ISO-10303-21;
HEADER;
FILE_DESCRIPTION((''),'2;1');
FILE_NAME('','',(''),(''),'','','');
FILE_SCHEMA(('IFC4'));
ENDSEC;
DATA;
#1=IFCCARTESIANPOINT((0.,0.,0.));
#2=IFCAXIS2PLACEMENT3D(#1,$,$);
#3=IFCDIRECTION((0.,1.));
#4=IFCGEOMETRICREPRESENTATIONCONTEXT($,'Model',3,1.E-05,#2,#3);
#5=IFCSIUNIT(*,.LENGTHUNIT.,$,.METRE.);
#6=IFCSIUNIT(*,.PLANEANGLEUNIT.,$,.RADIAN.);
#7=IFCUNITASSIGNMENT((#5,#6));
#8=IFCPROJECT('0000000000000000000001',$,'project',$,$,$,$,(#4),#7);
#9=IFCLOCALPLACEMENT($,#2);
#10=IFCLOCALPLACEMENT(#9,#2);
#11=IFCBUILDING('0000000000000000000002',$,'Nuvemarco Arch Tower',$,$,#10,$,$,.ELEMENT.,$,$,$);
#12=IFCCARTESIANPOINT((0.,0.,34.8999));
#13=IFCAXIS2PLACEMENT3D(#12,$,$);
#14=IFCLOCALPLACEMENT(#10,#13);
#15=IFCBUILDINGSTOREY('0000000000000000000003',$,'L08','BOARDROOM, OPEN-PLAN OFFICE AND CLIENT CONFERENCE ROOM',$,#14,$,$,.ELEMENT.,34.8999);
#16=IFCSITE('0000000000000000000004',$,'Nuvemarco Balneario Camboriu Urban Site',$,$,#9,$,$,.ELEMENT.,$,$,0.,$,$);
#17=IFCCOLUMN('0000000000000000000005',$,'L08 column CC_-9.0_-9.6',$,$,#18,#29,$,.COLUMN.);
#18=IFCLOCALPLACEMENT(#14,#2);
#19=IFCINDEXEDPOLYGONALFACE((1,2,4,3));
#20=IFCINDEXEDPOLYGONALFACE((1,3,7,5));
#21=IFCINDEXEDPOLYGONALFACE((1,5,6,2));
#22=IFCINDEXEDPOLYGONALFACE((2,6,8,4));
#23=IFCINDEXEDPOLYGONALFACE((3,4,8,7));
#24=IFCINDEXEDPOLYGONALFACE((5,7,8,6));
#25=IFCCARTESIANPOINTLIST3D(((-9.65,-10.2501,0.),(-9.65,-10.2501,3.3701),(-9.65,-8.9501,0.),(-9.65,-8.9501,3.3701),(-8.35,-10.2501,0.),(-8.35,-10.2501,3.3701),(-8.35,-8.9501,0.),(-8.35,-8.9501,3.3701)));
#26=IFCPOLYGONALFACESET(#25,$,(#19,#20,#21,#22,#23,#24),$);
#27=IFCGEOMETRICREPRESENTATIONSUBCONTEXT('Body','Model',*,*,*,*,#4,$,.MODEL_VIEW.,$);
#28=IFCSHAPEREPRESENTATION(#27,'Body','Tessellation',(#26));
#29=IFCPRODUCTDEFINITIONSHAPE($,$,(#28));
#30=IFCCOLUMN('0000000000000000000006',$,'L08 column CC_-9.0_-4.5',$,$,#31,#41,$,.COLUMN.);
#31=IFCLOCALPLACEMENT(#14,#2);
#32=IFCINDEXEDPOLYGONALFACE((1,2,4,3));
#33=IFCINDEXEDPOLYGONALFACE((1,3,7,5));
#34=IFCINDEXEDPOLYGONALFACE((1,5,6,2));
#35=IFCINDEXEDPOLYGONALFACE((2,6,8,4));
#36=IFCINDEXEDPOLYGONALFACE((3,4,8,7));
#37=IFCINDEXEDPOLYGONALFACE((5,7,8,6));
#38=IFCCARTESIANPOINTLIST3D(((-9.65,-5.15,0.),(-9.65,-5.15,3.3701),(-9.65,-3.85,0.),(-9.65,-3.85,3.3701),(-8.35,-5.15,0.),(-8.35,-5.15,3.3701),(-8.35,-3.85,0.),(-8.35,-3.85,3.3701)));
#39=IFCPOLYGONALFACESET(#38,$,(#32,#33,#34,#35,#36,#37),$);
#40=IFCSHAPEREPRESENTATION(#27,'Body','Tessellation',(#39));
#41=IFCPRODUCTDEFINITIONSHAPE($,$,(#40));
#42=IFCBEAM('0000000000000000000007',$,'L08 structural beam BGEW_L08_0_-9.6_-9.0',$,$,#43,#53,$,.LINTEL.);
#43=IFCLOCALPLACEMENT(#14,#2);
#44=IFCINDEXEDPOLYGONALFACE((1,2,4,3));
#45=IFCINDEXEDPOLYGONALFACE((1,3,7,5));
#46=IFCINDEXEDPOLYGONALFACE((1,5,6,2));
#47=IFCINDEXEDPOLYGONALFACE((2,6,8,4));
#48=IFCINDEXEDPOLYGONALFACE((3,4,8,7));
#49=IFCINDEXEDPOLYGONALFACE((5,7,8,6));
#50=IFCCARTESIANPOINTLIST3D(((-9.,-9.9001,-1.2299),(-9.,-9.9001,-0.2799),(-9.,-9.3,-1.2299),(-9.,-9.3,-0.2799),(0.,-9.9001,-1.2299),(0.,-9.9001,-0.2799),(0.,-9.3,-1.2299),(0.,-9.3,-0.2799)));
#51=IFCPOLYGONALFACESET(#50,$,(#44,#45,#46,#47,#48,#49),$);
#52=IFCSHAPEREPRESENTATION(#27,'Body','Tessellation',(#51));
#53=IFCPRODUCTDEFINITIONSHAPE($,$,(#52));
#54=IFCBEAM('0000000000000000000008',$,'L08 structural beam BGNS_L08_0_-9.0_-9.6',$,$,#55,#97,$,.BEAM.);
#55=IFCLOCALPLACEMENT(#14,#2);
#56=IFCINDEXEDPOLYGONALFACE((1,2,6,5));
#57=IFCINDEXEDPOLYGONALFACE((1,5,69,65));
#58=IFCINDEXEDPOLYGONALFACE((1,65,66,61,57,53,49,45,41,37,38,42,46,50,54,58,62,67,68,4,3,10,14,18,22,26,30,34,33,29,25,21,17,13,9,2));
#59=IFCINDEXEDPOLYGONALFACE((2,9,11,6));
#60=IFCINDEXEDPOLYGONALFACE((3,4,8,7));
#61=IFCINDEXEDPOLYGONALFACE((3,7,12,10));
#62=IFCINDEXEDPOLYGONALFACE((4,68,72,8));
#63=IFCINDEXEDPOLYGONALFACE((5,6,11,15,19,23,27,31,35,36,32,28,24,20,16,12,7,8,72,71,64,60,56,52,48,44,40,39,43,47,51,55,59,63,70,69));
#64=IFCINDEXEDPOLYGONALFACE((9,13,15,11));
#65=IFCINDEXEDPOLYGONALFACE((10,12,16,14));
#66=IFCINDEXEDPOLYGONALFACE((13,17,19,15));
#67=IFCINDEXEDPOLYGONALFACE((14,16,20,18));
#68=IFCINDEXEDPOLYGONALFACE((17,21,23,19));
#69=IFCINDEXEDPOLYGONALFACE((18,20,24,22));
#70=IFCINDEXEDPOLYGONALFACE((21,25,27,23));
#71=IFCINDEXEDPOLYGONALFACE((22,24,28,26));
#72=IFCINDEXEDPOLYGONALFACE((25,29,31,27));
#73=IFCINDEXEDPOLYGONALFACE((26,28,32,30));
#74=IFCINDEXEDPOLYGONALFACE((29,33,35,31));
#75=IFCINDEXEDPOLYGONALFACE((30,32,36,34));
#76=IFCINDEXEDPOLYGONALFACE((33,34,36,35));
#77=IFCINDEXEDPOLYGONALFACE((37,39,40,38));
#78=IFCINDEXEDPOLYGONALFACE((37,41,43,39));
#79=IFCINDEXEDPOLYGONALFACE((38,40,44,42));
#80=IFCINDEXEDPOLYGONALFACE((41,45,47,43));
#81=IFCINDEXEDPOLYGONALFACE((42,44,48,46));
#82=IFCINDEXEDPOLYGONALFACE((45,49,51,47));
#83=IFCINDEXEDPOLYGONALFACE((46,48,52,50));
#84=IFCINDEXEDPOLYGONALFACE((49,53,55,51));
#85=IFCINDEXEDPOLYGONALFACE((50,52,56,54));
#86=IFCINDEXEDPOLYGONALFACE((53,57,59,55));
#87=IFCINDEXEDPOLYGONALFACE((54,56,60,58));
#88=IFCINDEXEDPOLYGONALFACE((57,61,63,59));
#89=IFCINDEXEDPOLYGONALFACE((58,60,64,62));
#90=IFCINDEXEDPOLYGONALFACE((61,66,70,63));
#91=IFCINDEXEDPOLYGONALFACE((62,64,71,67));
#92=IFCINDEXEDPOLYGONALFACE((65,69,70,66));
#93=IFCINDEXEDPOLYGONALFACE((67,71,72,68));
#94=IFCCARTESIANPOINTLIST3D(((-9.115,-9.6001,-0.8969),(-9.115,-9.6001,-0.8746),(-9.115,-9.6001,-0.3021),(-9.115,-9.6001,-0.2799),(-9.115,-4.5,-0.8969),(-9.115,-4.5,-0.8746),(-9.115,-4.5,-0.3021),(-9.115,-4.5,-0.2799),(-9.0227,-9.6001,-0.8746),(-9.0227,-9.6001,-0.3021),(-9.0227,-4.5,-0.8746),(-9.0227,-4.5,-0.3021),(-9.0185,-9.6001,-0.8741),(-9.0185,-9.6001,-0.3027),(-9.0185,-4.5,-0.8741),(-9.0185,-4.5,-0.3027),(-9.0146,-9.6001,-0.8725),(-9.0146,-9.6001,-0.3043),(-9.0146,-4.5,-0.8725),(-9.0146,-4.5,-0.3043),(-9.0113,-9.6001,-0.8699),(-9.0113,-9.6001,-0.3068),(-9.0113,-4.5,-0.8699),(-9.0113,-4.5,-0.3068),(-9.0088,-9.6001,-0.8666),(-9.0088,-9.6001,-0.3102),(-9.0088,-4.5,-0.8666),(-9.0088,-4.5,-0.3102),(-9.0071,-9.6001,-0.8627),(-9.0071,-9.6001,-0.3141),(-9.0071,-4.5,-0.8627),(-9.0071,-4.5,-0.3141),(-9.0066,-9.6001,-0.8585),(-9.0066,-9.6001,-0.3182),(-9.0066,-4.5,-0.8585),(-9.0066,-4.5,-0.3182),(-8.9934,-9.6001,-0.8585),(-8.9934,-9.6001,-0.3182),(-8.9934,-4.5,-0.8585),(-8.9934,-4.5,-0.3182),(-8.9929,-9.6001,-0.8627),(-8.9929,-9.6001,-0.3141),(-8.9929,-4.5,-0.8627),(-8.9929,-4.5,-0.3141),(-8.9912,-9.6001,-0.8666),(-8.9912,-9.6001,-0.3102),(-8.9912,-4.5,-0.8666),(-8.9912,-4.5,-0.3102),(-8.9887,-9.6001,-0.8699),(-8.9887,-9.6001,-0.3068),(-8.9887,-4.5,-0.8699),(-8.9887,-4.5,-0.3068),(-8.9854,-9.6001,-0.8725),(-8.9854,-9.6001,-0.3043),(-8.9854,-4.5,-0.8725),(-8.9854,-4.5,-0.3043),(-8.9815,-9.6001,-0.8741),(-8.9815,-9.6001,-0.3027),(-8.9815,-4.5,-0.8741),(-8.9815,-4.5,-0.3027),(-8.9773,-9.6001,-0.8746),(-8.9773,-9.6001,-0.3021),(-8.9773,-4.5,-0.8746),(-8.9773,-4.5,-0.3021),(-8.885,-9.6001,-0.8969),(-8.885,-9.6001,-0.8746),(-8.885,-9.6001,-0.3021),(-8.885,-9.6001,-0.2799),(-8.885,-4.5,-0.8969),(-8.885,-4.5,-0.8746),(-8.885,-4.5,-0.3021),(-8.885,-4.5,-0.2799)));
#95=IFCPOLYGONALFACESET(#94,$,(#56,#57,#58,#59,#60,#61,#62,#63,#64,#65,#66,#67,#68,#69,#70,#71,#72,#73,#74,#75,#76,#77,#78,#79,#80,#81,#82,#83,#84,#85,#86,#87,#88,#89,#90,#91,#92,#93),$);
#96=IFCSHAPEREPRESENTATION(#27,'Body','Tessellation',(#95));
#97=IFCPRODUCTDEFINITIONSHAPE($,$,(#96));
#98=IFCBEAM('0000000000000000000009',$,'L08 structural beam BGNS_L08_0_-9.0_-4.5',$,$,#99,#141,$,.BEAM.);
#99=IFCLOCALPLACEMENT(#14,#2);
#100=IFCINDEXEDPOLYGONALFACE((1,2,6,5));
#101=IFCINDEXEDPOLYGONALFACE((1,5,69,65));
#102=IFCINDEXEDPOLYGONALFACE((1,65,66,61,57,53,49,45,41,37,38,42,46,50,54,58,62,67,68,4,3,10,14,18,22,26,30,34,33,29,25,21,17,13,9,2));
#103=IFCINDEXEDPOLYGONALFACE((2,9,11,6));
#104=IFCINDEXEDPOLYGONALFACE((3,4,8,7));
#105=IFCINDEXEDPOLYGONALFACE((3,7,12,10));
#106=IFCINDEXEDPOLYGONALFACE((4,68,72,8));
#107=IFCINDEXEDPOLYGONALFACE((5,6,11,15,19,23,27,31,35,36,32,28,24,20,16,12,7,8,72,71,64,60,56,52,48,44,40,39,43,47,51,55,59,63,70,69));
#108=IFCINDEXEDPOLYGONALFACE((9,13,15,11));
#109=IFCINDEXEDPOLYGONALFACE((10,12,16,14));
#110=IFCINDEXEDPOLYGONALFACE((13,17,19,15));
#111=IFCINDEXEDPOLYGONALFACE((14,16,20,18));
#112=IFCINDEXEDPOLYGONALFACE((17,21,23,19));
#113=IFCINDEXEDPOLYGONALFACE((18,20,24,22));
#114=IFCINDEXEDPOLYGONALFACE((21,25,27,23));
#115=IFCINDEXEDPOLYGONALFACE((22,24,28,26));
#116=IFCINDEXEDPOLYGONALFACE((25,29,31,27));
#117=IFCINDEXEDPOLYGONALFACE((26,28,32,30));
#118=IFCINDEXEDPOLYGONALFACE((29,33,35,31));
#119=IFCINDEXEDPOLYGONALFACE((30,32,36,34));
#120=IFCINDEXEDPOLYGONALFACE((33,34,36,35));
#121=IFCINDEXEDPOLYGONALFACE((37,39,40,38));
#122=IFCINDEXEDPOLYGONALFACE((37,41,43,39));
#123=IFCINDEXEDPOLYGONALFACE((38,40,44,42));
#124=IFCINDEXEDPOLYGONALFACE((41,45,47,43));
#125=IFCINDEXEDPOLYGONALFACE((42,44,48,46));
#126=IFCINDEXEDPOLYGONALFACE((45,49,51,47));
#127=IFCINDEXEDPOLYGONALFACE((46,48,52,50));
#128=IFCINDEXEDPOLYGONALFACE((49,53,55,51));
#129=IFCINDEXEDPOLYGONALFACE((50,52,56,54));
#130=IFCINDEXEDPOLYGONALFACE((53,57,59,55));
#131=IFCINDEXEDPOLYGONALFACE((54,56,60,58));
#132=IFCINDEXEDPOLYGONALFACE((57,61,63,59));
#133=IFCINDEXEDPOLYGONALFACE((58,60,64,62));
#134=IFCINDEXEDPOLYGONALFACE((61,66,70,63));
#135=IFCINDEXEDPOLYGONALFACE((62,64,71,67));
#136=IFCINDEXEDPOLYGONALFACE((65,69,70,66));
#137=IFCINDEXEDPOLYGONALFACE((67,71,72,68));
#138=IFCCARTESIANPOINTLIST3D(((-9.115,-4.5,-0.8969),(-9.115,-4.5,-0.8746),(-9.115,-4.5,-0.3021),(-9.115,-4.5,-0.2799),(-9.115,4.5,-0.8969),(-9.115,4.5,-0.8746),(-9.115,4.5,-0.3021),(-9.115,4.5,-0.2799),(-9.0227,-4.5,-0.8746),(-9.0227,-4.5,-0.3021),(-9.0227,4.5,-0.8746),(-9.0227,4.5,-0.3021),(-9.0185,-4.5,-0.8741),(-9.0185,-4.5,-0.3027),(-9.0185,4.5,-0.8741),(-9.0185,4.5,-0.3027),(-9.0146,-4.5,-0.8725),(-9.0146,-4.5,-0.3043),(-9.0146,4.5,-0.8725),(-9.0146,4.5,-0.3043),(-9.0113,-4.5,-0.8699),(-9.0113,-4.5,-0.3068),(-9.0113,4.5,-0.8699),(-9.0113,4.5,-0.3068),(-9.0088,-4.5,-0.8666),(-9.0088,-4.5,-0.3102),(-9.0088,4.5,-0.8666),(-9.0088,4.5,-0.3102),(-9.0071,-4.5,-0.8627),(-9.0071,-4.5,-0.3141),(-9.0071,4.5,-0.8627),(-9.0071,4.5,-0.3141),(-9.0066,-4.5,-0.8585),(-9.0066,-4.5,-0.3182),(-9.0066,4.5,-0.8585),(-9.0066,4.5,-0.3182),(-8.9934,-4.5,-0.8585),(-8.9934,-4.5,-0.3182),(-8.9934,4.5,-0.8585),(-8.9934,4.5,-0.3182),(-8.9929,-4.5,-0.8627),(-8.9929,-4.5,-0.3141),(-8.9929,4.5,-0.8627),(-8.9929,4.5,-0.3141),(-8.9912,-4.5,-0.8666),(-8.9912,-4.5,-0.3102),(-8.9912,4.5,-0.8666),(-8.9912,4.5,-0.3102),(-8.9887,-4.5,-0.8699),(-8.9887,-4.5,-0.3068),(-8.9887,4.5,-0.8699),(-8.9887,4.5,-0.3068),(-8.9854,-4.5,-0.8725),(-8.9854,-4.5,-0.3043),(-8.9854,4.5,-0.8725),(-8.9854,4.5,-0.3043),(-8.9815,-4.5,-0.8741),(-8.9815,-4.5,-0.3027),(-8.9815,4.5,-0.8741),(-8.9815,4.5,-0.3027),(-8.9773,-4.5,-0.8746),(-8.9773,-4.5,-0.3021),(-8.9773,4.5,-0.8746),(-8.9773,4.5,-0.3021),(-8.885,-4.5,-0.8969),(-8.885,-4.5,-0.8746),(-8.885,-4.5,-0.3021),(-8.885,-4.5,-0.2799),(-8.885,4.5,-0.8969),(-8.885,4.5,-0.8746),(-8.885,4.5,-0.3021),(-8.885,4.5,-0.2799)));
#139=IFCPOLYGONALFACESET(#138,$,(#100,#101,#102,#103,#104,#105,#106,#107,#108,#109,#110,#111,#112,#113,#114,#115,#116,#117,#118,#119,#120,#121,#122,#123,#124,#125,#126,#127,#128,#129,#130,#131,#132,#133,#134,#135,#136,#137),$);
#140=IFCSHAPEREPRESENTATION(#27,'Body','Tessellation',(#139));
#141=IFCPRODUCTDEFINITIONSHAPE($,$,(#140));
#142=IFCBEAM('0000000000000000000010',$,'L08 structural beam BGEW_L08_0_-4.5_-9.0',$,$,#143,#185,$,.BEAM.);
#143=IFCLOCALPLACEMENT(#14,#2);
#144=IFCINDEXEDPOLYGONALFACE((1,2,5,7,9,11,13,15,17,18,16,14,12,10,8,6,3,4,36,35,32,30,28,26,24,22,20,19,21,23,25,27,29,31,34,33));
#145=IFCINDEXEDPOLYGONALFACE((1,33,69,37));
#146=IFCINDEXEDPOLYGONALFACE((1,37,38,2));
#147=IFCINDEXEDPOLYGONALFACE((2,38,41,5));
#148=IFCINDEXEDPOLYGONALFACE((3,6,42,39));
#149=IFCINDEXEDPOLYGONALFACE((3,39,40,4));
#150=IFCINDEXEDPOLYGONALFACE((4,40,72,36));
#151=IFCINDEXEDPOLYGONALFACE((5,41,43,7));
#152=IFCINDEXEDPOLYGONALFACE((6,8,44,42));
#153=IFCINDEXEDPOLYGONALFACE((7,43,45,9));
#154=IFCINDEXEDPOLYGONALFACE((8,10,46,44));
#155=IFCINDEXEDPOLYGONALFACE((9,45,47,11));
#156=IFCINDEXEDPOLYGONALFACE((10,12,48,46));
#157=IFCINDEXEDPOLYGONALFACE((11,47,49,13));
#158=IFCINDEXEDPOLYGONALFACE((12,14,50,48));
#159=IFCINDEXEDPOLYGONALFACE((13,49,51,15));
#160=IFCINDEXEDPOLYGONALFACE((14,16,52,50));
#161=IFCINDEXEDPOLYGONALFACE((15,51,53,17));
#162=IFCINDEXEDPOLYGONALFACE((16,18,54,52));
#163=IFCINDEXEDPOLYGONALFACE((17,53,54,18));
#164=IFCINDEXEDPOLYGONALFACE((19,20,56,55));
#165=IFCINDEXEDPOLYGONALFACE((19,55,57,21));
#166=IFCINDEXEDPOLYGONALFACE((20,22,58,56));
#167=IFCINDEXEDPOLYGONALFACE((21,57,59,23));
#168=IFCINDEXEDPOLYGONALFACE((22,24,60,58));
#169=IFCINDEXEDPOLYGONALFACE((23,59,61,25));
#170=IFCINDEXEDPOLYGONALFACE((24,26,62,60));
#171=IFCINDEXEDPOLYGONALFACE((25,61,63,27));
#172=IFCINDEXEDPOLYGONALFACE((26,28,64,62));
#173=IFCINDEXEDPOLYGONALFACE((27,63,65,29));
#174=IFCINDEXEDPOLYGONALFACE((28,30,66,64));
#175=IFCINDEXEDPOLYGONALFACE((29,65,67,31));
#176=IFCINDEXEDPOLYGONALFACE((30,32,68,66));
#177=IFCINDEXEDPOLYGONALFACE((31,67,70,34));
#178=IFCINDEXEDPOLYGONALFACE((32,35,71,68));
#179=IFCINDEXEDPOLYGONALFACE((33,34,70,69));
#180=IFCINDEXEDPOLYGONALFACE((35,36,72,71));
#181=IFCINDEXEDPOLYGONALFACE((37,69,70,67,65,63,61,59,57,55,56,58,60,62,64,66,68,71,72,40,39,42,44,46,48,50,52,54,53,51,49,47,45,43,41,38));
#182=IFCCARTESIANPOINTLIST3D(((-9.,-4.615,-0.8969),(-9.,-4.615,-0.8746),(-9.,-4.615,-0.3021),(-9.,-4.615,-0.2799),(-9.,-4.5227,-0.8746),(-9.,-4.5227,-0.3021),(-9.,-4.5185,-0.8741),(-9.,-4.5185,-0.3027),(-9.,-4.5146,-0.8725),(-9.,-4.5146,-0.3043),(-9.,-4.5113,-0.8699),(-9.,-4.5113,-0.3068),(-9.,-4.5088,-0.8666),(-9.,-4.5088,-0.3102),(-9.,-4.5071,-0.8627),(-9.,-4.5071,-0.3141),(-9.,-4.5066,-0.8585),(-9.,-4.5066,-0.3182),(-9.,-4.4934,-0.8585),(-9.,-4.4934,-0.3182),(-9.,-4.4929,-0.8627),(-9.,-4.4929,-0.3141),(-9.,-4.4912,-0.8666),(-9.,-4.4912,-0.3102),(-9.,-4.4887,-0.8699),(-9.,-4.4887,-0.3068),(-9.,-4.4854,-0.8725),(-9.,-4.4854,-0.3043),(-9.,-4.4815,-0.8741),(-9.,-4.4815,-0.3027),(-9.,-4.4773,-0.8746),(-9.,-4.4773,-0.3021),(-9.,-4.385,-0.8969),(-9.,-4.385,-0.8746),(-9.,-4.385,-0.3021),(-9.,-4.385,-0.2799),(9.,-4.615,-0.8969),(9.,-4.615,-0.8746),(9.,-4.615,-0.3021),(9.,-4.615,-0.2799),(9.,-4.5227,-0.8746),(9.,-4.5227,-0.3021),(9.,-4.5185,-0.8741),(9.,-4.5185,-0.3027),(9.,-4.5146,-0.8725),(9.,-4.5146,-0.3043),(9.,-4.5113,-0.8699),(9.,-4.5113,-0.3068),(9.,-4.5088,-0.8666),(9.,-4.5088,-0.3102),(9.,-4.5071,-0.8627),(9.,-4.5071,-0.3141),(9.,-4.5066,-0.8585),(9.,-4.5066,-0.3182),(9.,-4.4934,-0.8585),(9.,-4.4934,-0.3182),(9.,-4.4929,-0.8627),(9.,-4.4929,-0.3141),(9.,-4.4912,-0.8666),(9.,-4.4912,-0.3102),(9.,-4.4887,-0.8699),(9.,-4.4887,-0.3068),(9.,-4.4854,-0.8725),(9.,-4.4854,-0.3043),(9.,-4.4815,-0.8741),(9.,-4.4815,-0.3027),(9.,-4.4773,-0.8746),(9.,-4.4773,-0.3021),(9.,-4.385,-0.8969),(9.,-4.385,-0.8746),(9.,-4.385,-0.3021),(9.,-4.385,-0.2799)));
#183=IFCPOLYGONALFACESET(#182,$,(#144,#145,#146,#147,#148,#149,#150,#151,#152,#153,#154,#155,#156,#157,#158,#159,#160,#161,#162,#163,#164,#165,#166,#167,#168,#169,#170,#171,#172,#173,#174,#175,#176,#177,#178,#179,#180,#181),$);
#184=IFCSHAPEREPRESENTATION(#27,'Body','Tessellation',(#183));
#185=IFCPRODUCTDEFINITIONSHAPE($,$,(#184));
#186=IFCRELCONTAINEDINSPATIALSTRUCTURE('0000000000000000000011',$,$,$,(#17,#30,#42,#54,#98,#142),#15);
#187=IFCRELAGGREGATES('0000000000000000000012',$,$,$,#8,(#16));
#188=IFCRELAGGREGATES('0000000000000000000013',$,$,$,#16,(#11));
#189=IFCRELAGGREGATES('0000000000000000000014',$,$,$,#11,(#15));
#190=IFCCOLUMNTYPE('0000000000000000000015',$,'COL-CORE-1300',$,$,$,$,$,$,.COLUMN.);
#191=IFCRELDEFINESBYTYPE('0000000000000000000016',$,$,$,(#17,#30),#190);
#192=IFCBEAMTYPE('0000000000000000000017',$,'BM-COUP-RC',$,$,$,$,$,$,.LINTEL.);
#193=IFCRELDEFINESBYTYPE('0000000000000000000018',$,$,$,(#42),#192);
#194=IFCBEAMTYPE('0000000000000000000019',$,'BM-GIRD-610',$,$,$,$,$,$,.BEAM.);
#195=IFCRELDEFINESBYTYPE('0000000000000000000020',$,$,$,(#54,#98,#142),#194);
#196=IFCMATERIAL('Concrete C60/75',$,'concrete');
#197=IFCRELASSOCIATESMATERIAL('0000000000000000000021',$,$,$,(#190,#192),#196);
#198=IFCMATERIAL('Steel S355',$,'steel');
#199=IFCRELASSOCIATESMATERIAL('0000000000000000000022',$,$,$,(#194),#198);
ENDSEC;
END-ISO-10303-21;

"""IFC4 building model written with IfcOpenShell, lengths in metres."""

from ifc_helpers import new_model, si_unit, direction, frame, origin, origin_2d, place, context, subcontext, project, spatial, rectangle, i_section, extrude, material, material_profile, profile_set, type_object, element, save


model = new_model("IFC4")

# Units and contexts
model_context = context("Model", 3, precision=1e-05, world=origin(), true_north=direction((0.0, 1.0)))
body_context = subcontext(model_context, "Body", "Model", "MODEL_VIEW")
ifc_project = project(units=[si_unit("LENGTHUNIT", "METRE"), si_unit("PLANEANGLEUNIT", "RADIAN")], contexts=[model_context])

# Site, building, storey
site_placement = place(None, origin())
site = spatial("IfcSite", under=ifc_project, at=site_placement, Name="Nuvemarco Balneario Camboriu Urban Site", CompositionType="ELEMENT", RefElevation=0.0)
building_placement = place(site_placement, origin())
building = spatial("IfcBuilding", under=site, at=building_placement, Name="Nuvemarco Arch Tower", CompositionType="ELEMENT")
storey_placement = place(building_placement, frame((0.0, 0.0, 34.8999)))
storey = spatial("IfcBuildingStorey", under=building, at=storey_placement, Name="L08", Description="BOARDROOM, OPEN-PLAN OFFICE AND CLIENT CONFERENCE ROOM", CompositionType="ELEMENT", Elevation=34.8999)

# Columns
ifc_material_1 = material(Name="Concrete C60/75", Category="concrete")
ifc_material_profile_1 = material_profile(ifc_material_1, rectangle(XDim=1.3, YDim=1.3, at=origin_2d()), Name="RC-COL-1300x1300")
ifc_profile_set_1 = profile_set([ifc_material_profile_1], Name="Concrete C60/75")
column_type = type_object("IfcColumnType", Name="COL-CORE-1300", PredefinedType="COLUMN", material=ifc_profile_set_1)
for number, where, z_axis, x_axis, name in (
    (1, (-9.0, -9.6001, 0.0), (0.0, 0.0, 1.0), (1.0, 0.0, 0.0), "L08 column CC_-9.0_-9.6"),
    (2, (-9.0, -4.5, 0.0), (0.0, 0.0, 1.0), (1.0, 0.0, 0.0), "L08 column CC_-9.0_-4.5"),
):
    element("IfcColumn", number, at=place(storey_placement, frame(where, z_axis=z_axis, x_axis=x_axis)), inside=storey, type_object=column_type, Name=name, PredefinedType="COLUMN", context=body_context, shape_type="SweptSolid", body=[
        extrude(rectangle(XDim=1.3, YDim=1.3, at=origin_2d()), origin(), (0.0, 0.0, 1.0), 3.3701),
    ])

# Beams
ifc_material_profile_2 = material_profile(ifc_material_1, rectangle(XDim=0.6001, YDim=0.95, at=origin_2d()), Name="RC-BM-600x950")
ifc_profile_set_2 = profile_set([ifc_material_profile_2], Name="Concrete C60/75")
beam_type_1 = type_object("IfcBeamType", Name="BM-COUP-RC", PredefinedType="LINTEL", material=ifc_profile_set_2)
beam_1_placement = place(storey_placement, frame((-9.0, -9.6001, -0.7549), z_axis=(1.0, 0.0, 0.0), x_axis=(0.0, 1.0, 0.0)))
element("IfcBeam", 3, at=beam_1_placement, inside=storey, type_object=beam_type_1, Name="L08 structural beam BGEW_L08_0_-9.6_-9.0", PredefinedType="LINTEL", context=body_context, shape_type="SweptSolid", body=[
    extrude(rectangle(XDim=0.6001, YDim=0.95, at=origin_2d()), origin(), (0.0, 0.0, 1.0), 9.0),
])
ifc_material_2 = material(Name="Steel S355", Category="steel")
ifc_material_profile_3 = material_profile(ifc_material_2, i_section(OverallWidth=0.23, OverallDepth=0.6169, WebThickness=0.0132, FlangeThickness=0.0222, FilletRadius=0.0161, at=origin_2d()), Name="W610x140")
ifc_profile_set_3 = profile_set([ifc_material_profile_3], Name="Steel S355")
beam_type_2 = type_object("IfcBeamType", Name="BM-GIRD-610", PredefinedType="BEAM", material=ifc_profile_set_3)
beam_2_placement = place(storey_placement, frame((-9.0, -9.6001, -0.5884), z_axis=(0.0, 1.0, 0.0), x_axis=(-1.0, 0.0, 0.0)))
element("IfcBeam", 4, at=beam_2_placement, inside=storey, type_object=beam_type_2, Name="L08 structural beam BGNS_L08_0_-9.0_-9.6", PredefinedType="BEAM", context=body_context, shape_type="SweptSolid", body=[
    extrude(i_section(OverallWidth=0.23, OverallDepth=0.6169, WebThickness=0.0132, FlangeThickness=0.0222, FilletRadius=0.0161, at=origin_2d()), origin(), (0.0, 0.0, 1.0), 5.1001),
])
beam_3_placement = place(storey_placement, frame((-9.0, -4.5, -0.5884), z_axis=(0.0, 1.0, 0.0), x_axis=(-1.0, 0.0, 0.0)))
element("IfcBeam", 5, at=beam_3_placement, inside=storey, type_object=beam_type_2, Name="L08 structural beam BGNS_L08_0_-9.0_-4.5", PredefinedType="BEAM", context=body_context, shape_type="SweptSolid", body=[
    extrude(i_section(OverallWidth=0.23, OverallDepth=0.6169, WebThickness=0.0132, FlangeThickness=0.0222, FilletRadius=0.0161, at=origin_2d()), origin(), (0.0, 0.0, 1.0), 9.0),
])
beam_4_placement = place(storey_placement, frame((-9.0, -4.5, -0.5884), z_axis=(1.0, 0.0, 0.0), x_axis=(0.0, 1.0, 0.0)))
element("IfcBeam", 6, at=beam_4_placement, inside=storey, type_object=beam_type_2, Name="L08 structural beam BGEW_L08_0_-4.5_-9.0", PredefinedType="BEAM", context=body_context, shape_type="SweptSolid", body=[
    extrude(i_section(OverallWidth=0.23, OverallDepth=0.6169, WebThickness=0.0132, FlangeThickness=0.0222, FilletRadius=0.0161, at=origin_2d()), origin(), (0.0, 0.0, 1.0), 18.0),
])

save(model, "model.ifc")
